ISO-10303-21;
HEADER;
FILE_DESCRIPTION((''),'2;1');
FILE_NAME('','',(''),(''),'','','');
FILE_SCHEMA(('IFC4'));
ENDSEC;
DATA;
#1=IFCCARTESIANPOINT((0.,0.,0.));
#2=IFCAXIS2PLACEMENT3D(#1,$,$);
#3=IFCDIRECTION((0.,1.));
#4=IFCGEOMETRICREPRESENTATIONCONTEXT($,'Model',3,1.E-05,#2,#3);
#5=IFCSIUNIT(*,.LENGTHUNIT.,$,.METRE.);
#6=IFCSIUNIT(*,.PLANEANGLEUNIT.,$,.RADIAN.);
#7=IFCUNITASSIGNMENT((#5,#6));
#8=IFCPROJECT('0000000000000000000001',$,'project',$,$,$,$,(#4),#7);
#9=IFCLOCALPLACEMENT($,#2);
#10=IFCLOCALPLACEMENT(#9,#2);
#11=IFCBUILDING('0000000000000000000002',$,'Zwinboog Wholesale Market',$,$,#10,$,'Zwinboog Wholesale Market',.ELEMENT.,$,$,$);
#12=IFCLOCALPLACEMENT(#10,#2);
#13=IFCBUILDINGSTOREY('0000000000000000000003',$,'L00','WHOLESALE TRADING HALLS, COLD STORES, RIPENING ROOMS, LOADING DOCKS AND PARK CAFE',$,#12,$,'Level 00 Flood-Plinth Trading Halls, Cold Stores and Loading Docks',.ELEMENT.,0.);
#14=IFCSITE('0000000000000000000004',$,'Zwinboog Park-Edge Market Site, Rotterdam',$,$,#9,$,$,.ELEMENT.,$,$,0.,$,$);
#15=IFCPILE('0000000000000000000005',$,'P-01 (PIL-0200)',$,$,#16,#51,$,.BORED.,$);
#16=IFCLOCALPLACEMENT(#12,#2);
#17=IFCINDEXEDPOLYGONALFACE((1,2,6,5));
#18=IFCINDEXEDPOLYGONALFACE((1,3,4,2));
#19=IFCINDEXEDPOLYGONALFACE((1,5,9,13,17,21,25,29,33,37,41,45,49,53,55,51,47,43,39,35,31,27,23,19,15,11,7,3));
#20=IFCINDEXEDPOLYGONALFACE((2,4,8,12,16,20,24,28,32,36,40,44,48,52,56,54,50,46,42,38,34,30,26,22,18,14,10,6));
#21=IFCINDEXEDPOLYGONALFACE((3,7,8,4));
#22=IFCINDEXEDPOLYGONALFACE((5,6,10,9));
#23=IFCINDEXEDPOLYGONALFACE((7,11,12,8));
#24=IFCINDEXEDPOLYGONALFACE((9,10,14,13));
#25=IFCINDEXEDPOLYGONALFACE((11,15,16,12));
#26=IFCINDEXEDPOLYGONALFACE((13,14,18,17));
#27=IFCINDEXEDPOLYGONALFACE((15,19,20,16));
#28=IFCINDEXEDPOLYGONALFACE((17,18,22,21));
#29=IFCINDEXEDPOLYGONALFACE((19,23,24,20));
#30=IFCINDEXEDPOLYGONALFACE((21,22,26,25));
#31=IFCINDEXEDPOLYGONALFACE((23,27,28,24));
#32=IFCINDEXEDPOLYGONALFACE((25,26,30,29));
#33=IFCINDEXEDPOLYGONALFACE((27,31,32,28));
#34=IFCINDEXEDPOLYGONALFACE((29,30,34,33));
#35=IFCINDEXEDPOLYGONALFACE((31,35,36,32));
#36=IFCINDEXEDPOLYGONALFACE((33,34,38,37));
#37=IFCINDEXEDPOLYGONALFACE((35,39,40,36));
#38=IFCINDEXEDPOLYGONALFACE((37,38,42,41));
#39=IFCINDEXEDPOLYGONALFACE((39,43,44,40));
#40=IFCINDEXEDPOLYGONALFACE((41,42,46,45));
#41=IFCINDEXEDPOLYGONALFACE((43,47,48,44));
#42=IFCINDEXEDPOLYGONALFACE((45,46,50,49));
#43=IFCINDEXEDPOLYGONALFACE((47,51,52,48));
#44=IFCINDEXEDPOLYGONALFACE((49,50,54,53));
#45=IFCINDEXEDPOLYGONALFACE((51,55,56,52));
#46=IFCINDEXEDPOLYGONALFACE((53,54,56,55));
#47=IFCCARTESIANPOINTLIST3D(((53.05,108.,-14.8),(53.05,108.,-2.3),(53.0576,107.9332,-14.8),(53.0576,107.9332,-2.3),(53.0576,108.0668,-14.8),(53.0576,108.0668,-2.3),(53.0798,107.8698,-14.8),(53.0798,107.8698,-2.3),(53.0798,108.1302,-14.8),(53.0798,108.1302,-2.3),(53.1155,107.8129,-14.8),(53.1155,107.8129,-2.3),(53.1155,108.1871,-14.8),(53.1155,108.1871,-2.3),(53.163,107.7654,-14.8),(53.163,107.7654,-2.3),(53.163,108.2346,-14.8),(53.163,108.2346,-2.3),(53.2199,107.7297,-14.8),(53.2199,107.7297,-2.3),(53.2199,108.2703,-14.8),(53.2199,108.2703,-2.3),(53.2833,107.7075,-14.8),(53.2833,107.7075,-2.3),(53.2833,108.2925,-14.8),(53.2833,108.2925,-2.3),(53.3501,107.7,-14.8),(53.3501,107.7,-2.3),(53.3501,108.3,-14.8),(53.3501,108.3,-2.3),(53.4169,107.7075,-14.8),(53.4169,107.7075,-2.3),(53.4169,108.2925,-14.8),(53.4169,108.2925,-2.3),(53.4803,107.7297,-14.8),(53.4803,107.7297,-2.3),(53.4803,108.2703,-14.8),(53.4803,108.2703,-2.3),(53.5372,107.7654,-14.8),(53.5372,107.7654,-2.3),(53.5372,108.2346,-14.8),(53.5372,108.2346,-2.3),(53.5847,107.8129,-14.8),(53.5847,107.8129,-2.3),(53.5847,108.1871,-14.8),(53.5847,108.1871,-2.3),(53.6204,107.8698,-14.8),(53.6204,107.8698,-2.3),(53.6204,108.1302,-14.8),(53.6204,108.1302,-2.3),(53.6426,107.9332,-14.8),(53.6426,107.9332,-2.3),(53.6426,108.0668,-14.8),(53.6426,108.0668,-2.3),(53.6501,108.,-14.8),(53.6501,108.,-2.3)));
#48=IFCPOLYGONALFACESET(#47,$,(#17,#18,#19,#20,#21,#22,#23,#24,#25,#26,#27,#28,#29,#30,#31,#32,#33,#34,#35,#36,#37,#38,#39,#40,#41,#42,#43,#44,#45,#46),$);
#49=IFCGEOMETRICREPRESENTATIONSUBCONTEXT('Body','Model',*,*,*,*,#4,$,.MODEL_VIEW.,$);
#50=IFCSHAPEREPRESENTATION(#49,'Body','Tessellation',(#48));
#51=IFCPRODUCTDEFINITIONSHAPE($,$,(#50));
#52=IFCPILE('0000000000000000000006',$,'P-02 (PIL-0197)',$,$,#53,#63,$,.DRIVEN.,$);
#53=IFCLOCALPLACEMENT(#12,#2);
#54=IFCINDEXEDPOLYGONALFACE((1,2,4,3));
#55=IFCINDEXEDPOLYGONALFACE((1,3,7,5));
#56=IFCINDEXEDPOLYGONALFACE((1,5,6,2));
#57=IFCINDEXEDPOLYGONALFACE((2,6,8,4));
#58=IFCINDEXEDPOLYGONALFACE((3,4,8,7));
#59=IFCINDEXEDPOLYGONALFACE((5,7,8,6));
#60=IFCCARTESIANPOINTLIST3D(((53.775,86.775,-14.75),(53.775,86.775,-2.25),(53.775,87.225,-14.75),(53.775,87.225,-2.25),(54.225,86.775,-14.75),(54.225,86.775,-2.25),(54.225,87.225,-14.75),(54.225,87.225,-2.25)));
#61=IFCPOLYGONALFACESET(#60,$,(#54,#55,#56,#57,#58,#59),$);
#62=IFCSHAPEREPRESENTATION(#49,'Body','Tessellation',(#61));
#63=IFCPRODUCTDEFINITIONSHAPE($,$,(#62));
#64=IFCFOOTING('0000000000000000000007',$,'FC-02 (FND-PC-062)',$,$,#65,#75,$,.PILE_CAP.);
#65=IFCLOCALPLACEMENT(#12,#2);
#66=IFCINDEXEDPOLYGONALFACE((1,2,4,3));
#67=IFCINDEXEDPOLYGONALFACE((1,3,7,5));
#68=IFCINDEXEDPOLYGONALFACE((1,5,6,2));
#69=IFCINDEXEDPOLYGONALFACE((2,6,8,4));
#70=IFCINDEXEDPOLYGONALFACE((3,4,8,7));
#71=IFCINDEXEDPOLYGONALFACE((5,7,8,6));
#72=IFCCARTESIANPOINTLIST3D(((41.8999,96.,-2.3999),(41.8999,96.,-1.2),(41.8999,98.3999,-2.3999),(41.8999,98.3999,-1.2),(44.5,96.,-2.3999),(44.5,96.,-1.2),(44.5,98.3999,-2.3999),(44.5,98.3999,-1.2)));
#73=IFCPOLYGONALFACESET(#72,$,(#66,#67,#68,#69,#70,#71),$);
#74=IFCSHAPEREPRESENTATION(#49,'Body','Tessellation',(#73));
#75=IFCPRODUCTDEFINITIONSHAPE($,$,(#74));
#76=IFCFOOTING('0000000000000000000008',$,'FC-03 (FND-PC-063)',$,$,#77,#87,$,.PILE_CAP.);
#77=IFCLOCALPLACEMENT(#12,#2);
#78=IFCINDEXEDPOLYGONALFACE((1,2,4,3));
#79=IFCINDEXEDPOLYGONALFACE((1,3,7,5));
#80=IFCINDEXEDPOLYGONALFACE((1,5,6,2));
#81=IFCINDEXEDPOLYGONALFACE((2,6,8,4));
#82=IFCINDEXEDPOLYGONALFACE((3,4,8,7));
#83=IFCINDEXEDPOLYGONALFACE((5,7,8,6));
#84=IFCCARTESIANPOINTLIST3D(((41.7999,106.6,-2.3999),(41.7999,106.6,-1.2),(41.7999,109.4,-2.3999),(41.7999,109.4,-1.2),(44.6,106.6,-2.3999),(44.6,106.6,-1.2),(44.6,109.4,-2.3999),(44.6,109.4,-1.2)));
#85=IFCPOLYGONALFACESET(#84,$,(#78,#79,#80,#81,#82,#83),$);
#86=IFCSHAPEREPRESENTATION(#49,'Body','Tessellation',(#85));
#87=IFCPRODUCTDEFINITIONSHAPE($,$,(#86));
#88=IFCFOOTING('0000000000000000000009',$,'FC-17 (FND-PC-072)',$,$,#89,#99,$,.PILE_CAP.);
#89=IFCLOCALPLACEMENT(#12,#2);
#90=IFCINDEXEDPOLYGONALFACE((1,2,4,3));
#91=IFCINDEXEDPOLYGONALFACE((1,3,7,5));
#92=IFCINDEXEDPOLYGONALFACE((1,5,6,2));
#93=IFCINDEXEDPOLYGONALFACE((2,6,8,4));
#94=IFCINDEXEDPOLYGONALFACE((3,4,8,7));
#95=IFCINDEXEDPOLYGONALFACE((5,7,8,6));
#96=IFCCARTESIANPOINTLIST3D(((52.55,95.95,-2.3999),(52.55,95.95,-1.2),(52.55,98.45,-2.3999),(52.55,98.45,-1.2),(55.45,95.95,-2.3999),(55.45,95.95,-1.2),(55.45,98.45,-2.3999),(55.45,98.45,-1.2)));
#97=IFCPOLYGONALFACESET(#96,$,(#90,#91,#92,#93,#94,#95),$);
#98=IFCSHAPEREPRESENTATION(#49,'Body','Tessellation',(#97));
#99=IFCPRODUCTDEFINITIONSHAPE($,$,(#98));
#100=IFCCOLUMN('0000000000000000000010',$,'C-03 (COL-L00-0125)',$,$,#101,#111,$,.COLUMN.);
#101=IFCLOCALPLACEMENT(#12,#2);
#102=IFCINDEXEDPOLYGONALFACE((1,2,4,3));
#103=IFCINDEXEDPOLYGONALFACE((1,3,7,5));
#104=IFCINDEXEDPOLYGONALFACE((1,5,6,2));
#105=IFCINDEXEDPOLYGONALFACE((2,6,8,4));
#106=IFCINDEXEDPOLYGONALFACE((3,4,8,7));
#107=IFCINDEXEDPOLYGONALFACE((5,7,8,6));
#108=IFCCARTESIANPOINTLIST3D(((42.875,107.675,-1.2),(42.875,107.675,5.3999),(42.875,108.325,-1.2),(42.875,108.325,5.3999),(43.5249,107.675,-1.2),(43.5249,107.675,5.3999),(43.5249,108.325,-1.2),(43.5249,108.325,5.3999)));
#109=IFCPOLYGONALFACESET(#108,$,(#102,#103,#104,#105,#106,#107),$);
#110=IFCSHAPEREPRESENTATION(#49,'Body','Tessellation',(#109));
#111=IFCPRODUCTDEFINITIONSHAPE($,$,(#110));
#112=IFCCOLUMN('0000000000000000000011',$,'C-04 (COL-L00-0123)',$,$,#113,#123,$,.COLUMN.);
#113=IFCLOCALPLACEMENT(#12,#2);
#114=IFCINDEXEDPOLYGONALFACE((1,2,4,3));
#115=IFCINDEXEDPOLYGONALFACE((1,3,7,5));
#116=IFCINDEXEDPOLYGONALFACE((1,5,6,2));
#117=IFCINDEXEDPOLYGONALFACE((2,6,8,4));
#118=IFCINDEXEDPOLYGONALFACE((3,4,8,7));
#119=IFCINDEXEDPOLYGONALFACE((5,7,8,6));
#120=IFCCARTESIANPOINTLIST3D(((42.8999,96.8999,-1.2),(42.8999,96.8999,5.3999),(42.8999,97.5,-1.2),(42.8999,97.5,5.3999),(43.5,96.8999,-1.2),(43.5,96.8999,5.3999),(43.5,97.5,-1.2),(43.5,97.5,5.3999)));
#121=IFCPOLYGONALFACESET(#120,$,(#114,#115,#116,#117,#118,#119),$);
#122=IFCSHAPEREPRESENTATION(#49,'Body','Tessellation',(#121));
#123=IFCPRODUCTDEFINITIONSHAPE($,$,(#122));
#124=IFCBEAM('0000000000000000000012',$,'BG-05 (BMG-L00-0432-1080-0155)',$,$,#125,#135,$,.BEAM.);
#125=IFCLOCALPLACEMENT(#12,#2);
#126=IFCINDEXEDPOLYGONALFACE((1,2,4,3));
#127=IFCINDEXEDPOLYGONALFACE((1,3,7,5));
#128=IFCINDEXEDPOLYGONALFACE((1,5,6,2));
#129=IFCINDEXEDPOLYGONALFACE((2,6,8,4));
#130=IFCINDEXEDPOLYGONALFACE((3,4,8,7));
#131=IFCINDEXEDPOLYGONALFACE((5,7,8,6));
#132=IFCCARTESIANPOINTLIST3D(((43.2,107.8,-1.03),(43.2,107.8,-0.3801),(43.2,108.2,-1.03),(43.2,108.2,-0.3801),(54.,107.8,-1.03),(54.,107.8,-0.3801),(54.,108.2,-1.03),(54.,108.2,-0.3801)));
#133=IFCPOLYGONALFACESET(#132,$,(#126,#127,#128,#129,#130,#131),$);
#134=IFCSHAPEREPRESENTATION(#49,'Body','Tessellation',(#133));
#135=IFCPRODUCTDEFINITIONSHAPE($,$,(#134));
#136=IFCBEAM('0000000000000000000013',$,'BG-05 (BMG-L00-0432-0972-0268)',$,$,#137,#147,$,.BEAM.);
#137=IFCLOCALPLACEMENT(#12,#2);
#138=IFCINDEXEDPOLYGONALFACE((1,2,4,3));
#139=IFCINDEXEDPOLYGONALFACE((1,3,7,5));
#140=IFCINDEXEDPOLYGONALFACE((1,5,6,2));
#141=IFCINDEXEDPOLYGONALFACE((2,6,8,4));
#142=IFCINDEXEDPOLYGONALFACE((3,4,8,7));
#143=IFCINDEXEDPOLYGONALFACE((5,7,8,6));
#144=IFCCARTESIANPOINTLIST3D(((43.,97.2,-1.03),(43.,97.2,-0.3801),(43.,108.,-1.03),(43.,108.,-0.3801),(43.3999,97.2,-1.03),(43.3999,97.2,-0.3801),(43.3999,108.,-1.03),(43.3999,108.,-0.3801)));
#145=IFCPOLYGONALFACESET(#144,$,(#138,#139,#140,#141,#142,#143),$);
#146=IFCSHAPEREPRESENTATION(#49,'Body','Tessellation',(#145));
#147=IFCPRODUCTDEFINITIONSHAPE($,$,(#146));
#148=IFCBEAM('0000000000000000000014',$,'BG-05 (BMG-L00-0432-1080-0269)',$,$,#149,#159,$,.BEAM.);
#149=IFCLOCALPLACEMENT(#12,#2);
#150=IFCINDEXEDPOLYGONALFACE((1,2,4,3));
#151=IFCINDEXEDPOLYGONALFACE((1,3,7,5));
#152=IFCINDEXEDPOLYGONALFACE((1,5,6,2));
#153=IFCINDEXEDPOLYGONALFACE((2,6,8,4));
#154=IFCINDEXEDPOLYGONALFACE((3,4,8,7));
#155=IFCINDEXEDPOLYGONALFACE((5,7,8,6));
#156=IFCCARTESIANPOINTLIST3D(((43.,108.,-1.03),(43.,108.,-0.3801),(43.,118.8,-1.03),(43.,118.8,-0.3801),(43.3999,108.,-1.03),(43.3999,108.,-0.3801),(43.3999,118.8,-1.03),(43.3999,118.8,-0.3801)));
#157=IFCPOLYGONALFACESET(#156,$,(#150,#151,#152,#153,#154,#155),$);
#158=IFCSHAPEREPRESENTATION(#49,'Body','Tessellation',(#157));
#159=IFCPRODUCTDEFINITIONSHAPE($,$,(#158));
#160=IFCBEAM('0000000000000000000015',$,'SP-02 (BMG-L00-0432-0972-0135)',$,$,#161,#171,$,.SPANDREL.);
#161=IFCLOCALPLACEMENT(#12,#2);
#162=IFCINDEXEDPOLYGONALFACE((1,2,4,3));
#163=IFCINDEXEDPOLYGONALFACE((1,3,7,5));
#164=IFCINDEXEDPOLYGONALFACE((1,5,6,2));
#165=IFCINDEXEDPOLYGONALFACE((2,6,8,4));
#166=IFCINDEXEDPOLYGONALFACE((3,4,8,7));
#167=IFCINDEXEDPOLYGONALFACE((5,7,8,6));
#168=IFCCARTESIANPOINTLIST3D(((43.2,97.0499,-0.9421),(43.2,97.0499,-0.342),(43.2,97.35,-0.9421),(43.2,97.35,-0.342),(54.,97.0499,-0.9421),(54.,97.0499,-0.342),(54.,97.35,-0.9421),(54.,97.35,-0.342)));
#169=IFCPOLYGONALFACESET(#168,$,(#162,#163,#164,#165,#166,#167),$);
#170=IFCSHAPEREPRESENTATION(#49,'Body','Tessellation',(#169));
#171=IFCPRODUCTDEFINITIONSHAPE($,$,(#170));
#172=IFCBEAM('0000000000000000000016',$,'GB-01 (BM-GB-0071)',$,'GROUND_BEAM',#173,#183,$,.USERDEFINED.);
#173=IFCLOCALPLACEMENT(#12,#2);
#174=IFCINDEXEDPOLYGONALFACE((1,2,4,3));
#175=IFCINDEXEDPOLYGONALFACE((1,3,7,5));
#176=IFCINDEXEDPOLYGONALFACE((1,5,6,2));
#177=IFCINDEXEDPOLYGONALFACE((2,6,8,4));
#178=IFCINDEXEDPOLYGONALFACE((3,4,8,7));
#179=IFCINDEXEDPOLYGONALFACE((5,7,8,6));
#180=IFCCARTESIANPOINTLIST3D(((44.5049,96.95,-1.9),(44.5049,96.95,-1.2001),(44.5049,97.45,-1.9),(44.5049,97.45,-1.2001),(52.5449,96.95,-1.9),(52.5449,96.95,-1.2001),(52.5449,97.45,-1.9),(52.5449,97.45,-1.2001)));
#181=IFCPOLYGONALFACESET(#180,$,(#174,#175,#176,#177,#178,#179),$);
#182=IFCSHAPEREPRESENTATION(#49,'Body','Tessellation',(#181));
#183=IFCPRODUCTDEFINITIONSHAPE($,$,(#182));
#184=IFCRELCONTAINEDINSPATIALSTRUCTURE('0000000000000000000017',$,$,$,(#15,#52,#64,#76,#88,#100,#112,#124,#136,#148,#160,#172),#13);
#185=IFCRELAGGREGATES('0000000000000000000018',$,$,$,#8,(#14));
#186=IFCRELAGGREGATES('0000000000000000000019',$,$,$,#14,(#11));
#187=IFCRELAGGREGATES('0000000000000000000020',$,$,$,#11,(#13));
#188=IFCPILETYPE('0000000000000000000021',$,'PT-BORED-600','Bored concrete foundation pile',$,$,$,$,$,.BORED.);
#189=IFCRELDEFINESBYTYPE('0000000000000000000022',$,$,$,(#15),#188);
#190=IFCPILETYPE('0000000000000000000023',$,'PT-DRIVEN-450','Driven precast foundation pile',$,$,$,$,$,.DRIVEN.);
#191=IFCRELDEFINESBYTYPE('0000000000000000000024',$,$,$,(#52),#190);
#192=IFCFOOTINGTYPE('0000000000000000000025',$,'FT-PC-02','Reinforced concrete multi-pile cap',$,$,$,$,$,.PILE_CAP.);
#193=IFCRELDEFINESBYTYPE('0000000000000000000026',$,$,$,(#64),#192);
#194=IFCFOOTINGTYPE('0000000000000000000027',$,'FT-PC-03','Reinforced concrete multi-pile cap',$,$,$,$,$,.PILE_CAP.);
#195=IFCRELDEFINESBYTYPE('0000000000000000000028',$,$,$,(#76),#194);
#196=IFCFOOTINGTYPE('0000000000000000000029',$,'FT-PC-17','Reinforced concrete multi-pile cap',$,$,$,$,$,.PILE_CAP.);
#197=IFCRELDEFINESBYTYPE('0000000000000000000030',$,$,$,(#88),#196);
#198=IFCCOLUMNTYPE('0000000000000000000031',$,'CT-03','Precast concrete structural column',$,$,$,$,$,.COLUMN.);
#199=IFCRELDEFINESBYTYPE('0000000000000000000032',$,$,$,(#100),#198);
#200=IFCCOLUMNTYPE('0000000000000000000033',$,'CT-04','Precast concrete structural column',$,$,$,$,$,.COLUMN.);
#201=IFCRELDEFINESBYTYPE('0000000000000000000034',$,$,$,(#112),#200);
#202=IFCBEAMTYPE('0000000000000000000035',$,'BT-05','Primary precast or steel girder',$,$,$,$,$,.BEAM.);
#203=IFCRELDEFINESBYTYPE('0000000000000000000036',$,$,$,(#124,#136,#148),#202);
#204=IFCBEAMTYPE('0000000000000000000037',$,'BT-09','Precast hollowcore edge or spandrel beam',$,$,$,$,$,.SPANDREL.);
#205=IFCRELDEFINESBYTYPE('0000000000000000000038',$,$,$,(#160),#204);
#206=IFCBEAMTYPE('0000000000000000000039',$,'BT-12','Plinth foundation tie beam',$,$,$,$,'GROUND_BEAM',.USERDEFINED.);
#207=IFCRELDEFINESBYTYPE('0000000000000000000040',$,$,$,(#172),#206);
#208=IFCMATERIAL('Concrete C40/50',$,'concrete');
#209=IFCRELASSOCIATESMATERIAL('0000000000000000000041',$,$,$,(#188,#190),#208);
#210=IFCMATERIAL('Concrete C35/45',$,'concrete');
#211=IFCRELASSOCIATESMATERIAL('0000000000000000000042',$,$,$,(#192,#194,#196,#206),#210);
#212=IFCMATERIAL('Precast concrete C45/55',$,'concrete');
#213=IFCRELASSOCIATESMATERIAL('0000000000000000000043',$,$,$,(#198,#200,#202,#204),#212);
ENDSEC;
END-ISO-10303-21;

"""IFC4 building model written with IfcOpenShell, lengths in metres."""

from ifc_helpers import new_model, si_unit, direction, frame, origin, origin_2d, place, context, subcontext, project, spatial, rectangle, circle, extrude, material, material_profile, profile_set, type_object, element, save


model = new_model("IFC4")

# Units and contexts
model_context = context("Model", 3, precision=1e-05, world=origin(), true_north=direction((0.0, 1.0)))
body_context = subcontext(model_context, "Body", "Model", "MODEL_VIEW")
ifc_project = project(units=[si_unit("LENGTHUNIT", "METRE"), si_unit("PLANEANGLEUNIT", "RADIAN")], contexts=[model_context])

# Site, building, storey
site_placement = place(None, origin())
site = spatial("IfcSite", under=ifc_project, at=site_placement, Name="Zwinboog Park-Edge Market Site, Rotterdam", CompositionType="ELEMENT", RefElevation=0.0)
building_placement = place(site_placement, origin())
building = spatial("IfcBuilding", under=site, at=building_placement, Name="Zwinboog Wholesale Market", LongName="Zwinboog Wholesale Market", CompositionType="ELEMENT")
storey_placement = place(building_placement, origin())
storey = spatial("IfcBuildingStorey", under=building, at=storey_placement, Name="L00", Description="WHOLESALE TRADING HALLS, COLD STORES, RIPENING ROOMS, LOADING DOCKS AND PARK CAFE", LongName="Level 00 Flood-Plinth Trading Halls, Cold Stores and Loading Docks", CompositionType="ELEMENT", Elevation=0.0)

# Piles
ifc_material_1 = material(Name="Concrete C40/50", Category="concrete")
ifc_material_profile_1 = material_profile(ifc_material_1, circle(Radius=0.3, at=origin_2d()), Name="PILE D600")
ifc_profile_set_1 = profile_set([ifc_material_profile_1], Name="Concrete C40/50")
pile_type_1 = type_object("IfcPileType", Name="PT-BORED-600", Description="Bored concrete foundation pile", PredefinedType="BORED", material=ifc_profile_set_1)
for number, where, z_axis, x_axis, name in (
    (1, (53.3501, 108.0, -2.3), (0.0, 0.0, -1.0), (1.0, 0.0, 0.0), "P-01 (PIL-0200)"),
):
    element("IfcPile", number, at=place(storey_placement, frame(where, z_axis=z_axis, x_axis=x_axis)), inside=storey, type_object=pile_type_1, Name=name, PredefinedType="BORED", context=body_context, shape_type="SweptSolid", body=[
        extrude(circle(Radius=0.3, at=origin_2d()), origin(), (0.0, 0.0, 1.0), 12.5),
    ])
ifc_material_profile_2 = material_profile(ifc_material_1, rectangle(XDim=0.45, YDim=0.45, at=origin_2d()), Name="PILE SQ450")
ifc_profile_set_2 = profile_set([ifc_material_profile_2], Name="Concrete C40/50")
pile_type_2 = type_object("IfcPileType", Name="PT-DRIVEN-450", Description="Driven precast foundation pile", PredefinedType="DRIVEN", material=ifc_profile_set_2)
pile_placement = place(storey_placement, frame((54.0, 87.0, -2.25), z_axis=(0.0, 0.0, -1.0), x_axis=(1.0, 0.0, 0.0)))
element("IfcPile", 2, at=pile_placement, inside=storey, type_object=pile_type_2, Name="P-02 (PIL-0197)", PredefinedType="DRIVEN", context=body_context, shape_type="SweptSolid", body=[
    extrude(rectangle(XDim=0.45, YDim=0.45, at=origin_2d()), origin(), (0.0, 0.0, 1.0), 12.5),
])

# Footings
ifc_material_2 = material(Name="Concrete C35/45", Category="concrete")
footing_type_1 = type_object("IfcFootingType", Name="FT-PC-02", Description="Reinforced concrete multi-pile cap", PredefinedType="PILE_CAP", material=ifc_material_2)
footing_1_placement = place(storey_placement, frame((43.2, 97.2, -2.3999), z_axis=(0.0, 0.0, 1.0), x_axis=(1.0, 0.0, 0.0)))
element("IfcFooting", 3, at=footing_1_placement, inside=storey, type_object=footing_type_1, Name="FC-02 (FND-PC-062)", PredefinedType="PILE_CAP", context=body_context, shape_type="SweptSolid", body=[
    extrude(rectangle(XDim=2.6001, YDim=2.3999, at=origin_2d()), origin(), (0.0, 0.0, 1.0), 1.2),
])
footing_type_2 = type_object("IfcFootingType", Name="FT-PC-03", Description="Reinforced concrete multi-pile cap", PredefinedType="PILE_CAP", material=ifc_material_2)
footing_2_placement = place(storey_placement, frame((43.2, 108.0, -2.3999), z_axis=(0.0, 0.0, 1.0), x_axis=(1.0, 0.0, 0.0)))
element("IfcFooting", 4, at=footing_2_placement, inside=storey, type_object=footing_type_2, Name="FC-03 (FND-PC-063)", PredefinedType="PILE_CAP", context=body_context, shape_type="SweptSolid", body=[
    extrude(rectangle(XDim=2.8, YDim=2.8, at=origin_2d()), origin(), (0.0, 0.0, 1.0), 1.2),
])
footing_type_3 = type_object("IfcFootingType", Name="FT-PC-17", Description="Reinforced concrete multi-pile cap", PredefinedType="PILE_CAP", material=ifc_material_2)
footing_3_placement = place(storey_placement, frame((54.0, 97.2, -2.3999), z_axis=(0.0, 0.0, 1.0), x_axis=(1.0, 0.0, 0.0)))
element("IfcFooting", 5, at=footing_3_placement, inside=storey, type_object=footing_type_3, Name="FC-17 (FND-PC-072)", PredefinedType="PILE_CAP", context=body_context, shape_type="SweptSolid", body=[
    extrude(rectangle(XDim=2.8999, YDim=2.5, at=origin_2d()), origin(), (0.0, 0.0, 1.0), 1.2),
])

# Columns
ifc_material_3 = material(Name="Precast concrete C45/55", Category="concrete")
ifc_material_profile_3 = material_profile(ifc_material_3, rectangle(XDim=0.6499, YDim=0.6499, at=origin_2d()), Name="PC 650x650")
ifc_profile_set_3 = profile_set([ifc_material_profile_3], Name="Precast concrete C45/55")
column_type_1 = type_object("IfcColumnType", Name="CT-03", Description="Precast concrete structural column", PredefinedType="COLUMN", material=ifc_profile_set_3)
column_1_placement = place(storey_placement, frame((43.2, 108.0, -1.2), z_axis=(0.0, 0.0, 1.0), x_axis=(1.0, 0.0, 0.0)))
element("IfcColumn", 6, at=column_1_placement, inside=storey, type_object=column_type_1, Name="C-03 (COL-L00-0125)", PredefinedType="COLUMN", context=body_context, shape_type="SweptSolid", body=[
    extrude(rectangle(XDim=0.6499, YDim=0.6499, at=origin_2d()), origin(), (0.0, 0.0, 1.0), 6.5999),
])
ifc_material_profile_4 = material_profile(ifc_material_3, rectangle(XDim=0.6001, YDim=0.6001, at=origin_2d()), Name="PC 600x600")
ifc_profile_set_4 = profile_set([ifc_material_profile_4], Name="Precast concrete C45/55")
column_type_2 = type_object("IfcColumnType", Name="CT-04", Description="Precast concrete structural column", PredefinedType="COLUMN", material=ifc_profile_set_4)
column_2_placement = place(storey_placement, frame((43.2, 97.2, -1.2), z_axis=(0.0, 0.0, 1.0), x_axis=(1.0, 0.0, 0.0)))
element("IfcColumn", 7, at=column_2_placement, inside=storey, type_object=column_type_2, Name="C-04 (COL-L00-0123)", PredefinedType="COLUMN", context=body_context, shape_type="SweptSolid", body=[
    extrude(rectangle(XDim=0.6001, YDim=0.6001, at=origin_2d()), origin(), (0.0, 0.0, 1.0), 6.5999),
])

# Beams
ifc_material_profile_5 = material_profile(ifc_material_3, rectangle(XDim=0.3999, YDim=0.6499, at=origin_2d()), Name="PC 400x650")
ifc_profile_set_5 = profile_set([ifc_material_profile_5], Name="Precast concrete C45/55")
beam_type_1 = type_object("IfcBeamType", Name="BT-05", Description="Primary precast or steel girder", PredefinedType="BEAM", material=ifc_profile_set_5)
for number, where, z_axis, x_axis, name in (
    (8, (43.2, 108.0, -0.7051), (1.0, 0.0, 0.0), (0.0, 1.0, 0.0), "BG-05 (BMG-L00-0432-1080-0155)"),
    (9, (43.2, 97.2, -0.7051), (0.0, 1.0, 0.0), (-1.0, 0.0, 0.0), "BG-05 (BMG-L00-0432-0972-0268)"),
    (10, (43.2, 108.0, -0.7051), (0.0, 1.0, 0.0), (-1.0, 0.0, 0.0), "BG-05 (BMG-L00-0432-1080-0269)"),
):
    element("IfcBeam", number, at=place(storey_placement, frame(where, z_axis=z_axis, x_axis=x_axis)), inside=storey, type_object=beam_type_1, Name=name, PredefinedType="BEAM", context=body_context, shape_type="SweptSolid", body=[
        extrude(rectangle(XDim=0.3999, YDim=0.6499, at=origin_2d()), origin(), (0.0, 0.0, 1.0), 10.8),
    ])
ifc_material_profile_6 = material_profile(ifc_material_3, rectangle(XDim=0.3, YDim=0.6001, at=origin_2d()), Name="PC 300x600")
ifc_profile_set_6 = profile_set([ifc_material_profile_6], Name="Precast concrete C45/55")
beam_type_2 = type_object("IfcBeamType", Name="BT-09", Description="Precast hollowcore edge or spandrel beam", PredefinedType="SPANDREL", material=ifc_profile_set_6)
beam_1_placement = place(storey_placement, frame((43.2, 97.2, -0.6421), z_axis=(1.0, 0.0, 0.0), x_axis=(0.0, 1.0, 0.0)))
element("IfcBeam", 11, at=beam_1_placement, inside=storey, type_object=beam_type_2, Name="SP-02 (BMG-L00-0432-0972-0135)", PredefinedType="SPANDREL", context=body_context, shape_type="SweptSolid", body=[
    extrude(rectangle(XDim=0.3, YDim=0.6001, at=origin_2d()), origin(), (0.0, 0.0, 1.0), 10.8),
])
ifc_material_profile_7 = material_profile(ifc_material_2, rectangle(XDim=0.5, YDim=0.7, at=origin_2d()), Name="RC 500x700")
ifc_profile_set_7 = profile_set([ifc_material_profile_7], Name="Concrete C35/45")
beam_type_3 = type_object("IfcBeamType", Name="BT-12", Description="Plinth foundation tie beam", ElementType="GROUND_BEAM", PredefinedType="USERDEFINED", material=ifc_profile_set_7)
beam_2_placement = place(storey_placement, frame((44.5049, 97.2, -1.55), z_axis=(1.0, 0.0, 0.0), x_axis=(0.0, 1.0, 0.0)))
element("IfcBeam", 12, at=beam_2_placement, inside=storey, type_object=beam_type_3, Name="GB-01 (BM-GB-0071)", ObjectType="GROUND_BEAM", PredefinedType="USERDEFINED", context=body_context, shape_type="SweptSolid", body=[
    extrude(rectangle(XDim=0.5, YDim=0.7, at=origin_2d()), origin(), (0.0, 0.0, 1.0), 8.04),
])

save(model, "model.ifc")
